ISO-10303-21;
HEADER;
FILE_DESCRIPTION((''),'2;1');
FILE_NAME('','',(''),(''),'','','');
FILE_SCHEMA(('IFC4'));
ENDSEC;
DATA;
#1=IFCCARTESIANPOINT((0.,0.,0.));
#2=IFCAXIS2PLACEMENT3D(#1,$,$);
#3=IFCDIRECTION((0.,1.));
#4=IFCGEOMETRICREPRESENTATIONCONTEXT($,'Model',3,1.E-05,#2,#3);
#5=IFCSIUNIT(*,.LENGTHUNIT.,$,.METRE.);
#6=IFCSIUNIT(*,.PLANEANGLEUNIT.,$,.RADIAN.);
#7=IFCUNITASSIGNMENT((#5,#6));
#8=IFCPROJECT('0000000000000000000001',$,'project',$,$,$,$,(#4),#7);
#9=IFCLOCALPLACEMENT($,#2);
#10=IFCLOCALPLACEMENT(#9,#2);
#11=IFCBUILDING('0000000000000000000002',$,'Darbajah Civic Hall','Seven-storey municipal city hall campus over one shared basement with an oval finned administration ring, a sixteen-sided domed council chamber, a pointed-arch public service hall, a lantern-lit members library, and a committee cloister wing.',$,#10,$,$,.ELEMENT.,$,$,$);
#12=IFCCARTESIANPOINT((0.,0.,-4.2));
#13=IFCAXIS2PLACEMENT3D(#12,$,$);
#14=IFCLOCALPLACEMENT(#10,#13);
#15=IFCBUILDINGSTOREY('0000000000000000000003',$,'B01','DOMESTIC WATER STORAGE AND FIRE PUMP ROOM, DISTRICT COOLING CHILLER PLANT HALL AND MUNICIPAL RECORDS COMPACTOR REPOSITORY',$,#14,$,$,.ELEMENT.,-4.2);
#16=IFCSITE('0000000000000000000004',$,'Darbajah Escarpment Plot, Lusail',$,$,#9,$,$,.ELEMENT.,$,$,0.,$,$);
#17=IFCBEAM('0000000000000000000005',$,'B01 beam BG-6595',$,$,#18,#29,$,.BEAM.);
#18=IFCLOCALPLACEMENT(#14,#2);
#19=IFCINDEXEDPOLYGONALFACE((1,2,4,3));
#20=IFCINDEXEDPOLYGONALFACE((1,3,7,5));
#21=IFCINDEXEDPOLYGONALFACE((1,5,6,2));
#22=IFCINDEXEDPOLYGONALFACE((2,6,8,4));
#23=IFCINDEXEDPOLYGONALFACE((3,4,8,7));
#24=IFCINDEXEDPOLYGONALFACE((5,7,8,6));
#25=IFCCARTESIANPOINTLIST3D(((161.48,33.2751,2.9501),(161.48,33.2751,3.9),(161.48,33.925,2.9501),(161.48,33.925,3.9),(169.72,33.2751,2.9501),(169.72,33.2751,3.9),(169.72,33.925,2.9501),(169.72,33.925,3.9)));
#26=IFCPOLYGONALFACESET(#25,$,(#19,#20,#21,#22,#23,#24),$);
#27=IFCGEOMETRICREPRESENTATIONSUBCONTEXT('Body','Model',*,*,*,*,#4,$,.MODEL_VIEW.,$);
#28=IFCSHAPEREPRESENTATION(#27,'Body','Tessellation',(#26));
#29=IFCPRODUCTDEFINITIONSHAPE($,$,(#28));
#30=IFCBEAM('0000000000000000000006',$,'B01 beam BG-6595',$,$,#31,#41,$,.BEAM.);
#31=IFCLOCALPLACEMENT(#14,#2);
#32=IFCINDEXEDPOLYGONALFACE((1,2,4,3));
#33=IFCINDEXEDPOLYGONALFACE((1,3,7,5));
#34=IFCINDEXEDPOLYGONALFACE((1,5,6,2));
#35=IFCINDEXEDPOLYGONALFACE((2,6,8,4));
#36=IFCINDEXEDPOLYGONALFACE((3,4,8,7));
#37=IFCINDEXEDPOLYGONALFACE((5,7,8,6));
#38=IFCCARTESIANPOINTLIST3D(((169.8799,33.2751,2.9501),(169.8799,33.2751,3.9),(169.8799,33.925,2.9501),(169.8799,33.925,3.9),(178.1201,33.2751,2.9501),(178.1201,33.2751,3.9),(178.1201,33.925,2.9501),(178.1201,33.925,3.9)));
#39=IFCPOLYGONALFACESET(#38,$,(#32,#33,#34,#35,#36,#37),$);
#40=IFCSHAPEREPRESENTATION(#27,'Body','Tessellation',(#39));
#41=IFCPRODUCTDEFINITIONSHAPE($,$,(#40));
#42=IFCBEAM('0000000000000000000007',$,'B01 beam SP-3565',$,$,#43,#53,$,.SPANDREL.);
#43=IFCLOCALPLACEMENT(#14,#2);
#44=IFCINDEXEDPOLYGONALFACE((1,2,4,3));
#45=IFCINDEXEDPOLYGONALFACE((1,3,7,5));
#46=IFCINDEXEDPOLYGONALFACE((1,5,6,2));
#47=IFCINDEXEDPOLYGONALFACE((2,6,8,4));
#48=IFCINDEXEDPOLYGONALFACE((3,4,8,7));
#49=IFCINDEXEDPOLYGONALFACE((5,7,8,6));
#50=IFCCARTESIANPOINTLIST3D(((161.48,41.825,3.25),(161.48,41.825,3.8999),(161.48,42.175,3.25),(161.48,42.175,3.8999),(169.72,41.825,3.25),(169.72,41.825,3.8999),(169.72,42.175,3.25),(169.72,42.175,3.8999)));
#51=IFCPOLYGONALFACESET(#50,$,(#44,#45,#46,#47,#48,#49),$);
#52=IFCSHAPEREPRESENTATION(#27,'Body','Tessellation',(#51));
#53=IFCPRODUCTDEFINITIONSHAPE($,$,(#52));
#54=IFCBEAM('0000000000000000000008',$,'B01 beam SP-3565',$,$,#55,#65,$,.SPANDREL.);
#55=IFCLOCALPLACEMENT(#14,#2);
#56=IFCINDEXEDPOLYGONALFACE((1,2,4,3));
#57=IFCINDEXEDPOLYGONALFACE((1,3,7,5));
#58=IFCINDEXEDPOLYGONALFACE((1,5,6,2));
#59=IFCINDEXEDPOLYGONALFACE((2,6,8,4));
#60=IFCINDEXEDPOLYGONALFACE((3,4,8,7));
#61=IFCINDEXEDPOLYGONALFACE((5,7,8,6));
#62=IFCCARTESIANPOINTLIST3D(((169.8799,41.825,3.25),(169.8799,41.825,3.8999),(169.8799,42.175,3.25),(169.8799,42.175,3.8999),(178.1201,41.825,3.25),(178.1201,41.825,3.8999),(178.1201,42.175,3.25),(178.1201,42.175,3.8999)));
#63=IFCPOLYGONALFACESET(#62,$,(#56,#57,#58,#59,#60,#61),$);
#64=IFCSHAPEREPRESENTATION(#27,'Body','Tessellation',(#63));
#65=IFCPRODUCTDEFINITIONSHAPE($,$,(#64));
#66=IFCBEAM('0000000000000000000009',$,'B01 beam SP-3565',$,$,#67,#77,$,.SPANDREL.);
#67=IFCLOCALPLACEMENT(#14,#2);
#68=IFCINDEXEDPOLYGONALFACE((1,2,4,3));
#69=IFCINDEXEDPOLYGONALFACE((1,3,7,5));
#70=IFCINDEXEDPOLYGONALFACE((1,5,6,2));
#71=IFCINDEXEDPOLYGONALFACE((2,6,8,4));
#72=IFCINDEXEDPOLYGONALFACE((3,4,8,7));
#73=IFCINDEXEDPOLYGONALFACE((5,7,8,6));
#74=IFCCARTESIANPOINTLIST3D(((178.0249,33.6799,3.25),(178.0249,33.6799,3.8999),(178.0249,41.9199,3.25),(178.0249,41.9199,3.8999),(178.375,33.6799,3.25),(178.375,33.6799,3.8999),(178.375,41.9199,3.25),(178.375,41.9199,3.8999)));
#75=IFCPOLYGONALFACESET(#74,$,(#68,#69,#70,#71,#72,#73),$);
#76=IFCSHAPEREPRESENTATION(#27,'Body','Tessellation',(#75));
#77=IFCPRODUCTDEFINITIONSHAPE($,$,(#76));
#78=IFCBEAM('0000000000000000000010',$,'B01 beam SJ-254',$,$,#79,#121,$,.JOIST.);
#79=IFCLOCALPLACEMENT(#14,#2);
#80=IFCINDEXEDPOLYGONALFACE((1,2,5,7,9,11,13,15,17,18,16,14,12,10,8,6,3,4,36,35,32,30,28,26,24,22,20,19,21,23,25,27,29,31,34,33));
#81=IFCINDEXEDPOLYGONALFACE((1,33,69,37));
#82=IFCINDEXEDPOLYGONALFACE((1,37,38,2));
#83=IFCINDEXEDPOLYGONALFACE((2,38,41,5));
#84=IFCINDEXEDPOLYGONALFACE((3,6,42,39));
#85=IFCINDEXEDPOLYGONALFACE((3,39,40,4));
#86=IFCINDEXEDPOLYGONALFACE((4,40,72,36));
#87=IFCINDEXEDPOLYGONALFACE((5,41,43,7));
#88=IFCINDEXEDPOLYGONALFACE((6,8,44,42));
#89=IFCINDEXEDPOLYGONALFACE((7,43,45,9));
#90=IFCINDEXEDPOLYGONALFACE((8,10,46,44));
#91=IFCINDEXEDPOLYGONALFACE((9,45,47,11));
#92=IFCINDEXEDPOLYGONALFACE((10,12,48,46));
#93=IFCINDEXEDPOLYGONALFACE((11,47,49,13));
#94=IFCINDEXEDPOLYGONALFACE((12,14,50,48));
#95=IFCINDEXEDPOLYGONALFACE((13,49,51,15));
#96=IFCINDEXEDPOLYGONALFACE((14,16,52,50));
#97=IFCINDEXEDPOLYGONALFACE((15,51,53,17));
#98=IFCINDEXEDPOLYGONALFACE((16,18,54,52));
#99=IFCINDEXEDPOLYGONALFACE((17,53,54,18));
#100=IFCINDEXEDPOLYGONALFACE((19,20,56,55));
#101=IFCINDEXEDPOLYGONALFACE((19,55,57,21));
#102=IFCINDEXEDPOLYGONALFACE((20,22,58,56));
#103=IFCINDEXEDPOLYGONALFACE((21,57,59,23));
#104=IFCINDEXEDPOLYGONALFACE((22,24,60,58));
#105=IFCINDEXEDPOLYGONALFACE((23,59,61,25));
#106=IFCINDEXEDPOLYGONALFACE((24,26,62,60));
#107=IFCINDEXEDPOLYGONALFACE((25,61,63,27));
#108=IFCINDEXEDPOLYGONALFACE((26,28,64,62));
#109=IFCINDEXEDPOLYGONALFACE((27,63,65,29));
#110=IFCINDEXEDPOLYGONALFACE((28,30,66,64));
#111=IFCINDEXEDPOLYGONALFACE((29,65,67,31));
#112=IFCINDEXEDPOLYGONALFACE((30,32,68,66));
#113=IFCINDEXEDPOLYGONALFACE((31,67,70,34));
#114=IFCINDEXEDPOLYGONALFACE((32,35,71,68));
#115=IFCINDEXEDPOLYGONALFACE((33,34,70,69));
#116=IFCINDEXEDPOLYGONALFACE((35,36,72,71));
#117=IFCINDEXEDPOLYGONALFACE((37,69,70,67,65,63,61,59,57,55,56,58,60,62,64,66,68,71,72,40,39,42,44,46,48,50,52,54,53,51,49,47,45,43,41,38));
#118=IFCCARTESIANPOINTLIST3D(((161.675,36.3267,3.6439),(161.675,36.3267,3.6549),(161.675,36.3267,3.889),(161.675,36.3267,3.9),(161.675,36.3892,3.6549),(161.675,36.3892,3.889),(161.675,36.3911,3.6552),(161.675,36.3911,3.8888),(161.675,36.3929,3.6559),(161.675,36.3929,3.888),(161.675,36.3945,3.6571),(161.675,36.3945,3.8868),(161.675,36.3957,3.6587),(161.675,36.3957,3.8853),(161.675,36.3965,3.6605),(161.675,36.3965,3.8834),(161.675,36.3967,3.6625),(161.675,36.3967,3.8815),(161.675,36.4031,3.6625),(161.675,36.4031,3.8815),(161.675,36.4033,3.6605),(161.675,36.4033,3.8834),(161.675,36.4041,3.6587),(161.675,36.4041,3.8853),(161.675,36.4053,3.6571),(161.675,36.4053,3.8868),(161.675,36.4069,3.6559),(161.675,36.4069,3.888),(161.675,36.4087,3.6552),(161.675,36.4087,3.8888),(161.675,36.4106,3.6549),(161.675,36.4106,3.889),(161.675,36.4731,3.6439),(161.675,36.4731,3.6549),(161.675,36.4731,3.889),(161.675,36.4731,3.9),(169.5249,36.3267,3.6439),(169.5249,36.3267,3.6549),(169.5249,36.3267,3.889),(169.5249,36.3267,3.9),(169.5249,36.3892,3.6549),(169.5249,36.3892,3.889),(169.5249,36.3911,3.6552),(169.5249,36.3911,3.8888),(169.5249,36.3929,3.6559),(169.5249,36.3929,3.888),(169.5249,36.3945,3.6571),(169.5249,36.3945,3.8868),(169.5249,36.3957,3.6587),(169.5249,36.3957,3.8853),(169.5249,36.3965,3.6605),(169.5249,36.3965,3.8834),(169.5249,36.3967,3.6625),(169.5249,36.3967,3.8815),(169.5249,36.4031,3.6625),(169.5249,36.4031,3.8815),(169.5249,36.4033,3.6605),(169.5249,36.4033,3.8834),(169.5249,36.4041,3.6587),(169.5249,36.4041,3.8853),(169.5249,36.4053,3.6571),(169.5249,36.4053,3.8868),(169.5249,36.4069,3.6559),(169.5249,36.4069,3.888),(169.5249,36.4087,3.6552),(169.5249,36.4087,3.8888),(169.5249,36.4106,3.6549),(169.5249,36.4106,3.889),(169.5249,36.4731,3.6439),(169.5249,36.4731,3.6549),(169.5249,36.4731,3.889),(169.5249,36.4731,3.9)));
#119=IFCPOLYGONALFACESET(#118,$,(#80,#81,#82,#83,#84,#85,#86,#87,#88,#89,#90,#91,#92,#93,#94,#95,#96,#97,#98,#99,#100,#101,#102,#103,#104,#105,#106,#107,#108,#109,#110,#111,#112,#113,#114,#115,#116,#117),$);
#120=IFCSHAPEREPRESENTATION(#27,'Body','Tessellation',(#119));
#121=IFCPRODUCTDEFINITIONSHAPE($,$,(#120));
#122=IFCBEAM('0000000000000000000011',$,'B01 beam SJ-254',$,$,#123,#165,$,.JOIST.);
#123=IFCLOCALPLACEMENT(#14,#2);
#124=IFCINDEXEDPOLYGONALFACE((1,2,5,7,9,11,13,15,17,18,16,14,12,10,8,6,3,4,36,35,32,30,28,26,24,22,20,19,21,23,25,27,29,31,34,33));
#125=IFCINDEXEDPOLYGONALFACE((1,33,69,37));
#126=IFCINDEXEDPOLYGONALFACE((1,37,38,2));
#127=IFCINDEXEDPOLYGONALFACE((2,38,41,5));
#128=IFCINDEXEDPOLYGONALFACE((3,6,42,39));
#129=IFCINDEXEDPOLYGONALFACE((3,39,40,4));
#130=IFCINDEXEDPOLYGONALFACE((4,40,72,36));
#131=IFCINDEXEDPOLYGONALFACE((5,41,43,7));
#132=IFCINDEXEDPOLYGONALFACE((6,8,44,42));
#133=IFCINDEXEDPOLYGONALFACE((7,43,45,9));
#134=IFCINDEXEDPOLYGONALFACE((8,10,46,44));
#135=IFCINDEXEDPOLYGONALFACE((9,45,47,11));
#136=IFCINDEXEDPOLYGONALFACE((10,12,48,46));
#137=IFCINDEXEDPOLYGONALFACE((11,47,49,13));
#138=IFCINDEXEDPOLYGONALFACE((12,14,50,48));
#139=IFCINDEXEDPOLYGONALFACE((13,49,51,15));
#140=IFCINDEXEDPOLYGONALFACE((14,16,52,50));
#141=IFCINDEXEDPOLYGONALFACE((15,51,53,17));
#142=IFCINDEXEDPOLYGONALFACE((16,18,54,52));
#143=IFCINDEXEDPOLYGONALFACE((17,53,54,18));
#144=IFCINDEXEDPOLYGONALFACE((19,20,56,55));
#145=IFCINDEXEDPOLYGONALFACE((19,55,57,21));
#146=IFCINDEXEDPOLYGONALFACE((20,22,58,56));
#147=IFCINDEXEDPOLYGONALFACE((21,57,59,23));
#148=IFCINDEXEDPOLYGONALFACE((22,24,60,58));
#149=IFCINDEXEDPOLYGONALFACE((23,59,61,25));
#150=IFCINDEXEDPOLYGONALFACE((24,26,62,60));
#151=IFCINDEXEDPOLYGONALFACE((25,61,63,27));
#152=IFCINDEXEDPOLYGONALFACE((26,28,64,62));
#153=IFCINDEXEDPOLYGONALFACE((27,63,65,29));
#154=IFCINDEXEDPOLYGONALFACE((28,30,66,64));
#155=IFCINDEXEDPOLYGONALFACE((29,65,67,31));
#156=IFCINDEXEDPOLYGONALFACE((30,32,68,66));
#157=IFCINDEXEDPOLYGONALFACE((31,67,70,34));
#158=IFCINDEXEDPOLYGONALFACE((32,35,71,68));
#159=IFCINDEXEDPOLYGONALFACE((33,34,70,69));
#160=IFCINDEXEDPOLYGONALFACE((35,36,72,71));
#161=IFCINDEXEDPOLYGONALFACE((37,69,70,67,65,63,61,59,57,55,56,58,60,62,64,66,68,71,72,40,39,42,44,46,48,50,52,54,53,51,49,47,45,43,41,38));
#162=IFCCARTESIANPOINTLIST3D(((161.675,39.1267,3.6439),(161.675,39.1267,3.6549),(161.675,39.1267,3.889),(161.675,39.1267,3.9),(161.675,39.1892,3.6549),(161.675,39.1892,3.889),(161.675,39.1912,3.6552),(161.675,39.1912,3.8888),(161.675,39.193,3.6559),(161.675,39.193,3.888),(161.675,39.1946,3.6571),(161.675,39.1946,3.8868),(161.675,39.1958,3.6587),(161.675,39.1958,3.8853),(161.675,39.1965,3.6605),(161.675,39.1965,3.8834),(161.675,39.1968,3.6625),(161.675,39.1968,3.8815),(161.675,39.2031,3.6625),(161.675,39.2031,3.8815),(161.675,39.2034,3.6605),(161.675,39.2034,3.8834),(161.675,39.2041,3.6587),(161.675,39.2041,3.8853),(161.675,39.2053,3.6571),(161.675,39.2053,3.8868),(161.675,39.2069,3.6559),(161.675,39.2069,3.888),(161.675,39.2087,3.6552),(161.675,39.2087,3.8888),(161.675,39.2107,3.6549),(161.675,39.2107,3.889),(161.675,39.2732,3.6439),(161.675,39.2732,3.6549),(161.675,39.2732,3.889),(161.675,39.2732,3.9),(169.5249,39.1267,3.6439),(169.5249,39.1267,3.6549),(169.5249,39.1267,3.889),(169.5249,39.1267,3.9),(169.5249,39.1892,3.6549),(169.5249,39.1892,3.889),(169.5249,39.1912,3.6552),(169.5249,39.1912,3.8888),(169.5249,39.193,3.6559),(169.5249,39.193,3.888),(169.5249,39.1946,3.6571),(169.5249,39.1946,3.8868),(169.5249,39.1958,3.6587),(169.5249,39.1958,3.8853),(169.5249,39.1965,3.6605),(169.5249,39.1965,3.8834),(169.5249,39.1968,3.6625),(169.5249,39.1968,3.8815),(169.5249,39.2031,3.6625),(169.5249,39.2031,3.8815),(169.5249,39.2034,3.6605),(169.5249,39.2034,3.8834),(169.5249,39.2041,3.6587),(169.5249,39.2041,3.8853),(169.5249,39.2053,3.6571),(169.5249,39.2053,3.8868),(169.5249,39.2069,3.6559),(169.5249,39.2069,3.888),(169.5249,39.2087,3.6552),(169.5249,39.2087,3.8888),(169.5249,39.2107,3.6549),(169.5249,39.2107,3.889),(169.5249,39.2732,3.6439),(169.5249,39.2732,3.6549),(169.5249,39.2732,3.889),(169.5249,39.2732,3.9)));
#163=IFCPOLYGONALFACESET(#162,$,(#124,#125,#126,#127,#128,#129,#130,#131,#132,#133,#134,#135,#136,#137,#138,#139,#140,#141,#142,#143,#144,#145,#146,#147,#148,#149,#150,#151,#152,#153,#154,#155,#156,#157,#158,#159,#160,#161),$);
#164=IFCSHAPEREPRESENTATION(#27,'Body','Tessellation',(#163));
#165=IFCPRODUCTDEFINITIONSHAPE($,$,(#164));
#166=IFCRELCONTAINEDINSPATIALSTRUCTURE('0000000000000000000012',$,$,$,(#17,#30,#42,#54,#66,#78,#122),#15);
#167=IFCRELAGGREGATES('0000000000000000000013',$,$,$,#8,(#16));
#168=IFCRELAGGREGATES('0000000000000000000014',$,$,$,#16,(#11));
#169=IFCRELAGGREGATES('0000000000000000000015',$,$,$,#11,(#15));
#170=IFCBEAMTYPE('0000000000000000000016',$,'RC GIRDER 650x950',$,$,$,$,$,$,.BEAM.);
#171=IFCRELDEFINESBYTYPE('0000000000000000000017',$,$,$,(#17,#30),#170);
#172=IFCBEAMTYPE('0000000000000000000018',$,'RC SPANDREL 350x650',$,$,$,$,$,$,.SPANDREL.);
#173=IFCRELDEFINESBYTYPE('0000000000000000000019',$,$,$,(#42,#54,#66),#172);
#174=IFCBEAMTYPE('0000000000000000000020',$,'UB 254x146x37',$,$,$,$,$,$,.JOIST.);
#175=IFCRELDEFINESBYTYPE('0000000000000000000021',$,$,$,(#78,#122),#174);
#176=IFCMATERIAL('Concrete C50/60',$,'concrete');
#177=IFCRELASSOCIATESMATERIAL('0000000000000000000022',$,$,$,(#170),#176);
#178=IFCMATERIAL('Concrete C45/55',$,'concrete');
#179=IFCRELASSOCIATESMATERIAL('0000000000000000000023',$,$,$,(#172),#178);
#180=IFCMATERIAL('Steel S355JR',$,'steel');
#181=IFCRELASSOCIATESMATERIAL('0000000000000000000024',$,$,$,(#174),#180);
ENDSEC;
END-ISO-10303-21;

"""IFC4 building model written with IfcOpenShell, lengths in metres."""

from ifc_helpers import new_model, si_unit, direction, frame, origin, origin_2d, place, context, subcontext, project, spatial, rectangle, i_section, extrude, material, material_profile, profile_set, type_object, element, save


model = new_model("IFC4")

# Units and contexts
model_context = context("Model", 3, precision=1e-05, world=origin(), true_north=direction((0.0, 1.0)))
body_context = subcontext(model_context, "Body", "Model", "MODEL_VIEW")
ifc_project = project(units=[si_unit("LENGTHUNIT", "METRE"), si_unit("PLANEANGLEUNIT", "RADIAN")], contexts=[model_context])

# Site, building, storey
site_placement = place(None, origin())
site = spatial("IfcSite", under=ifc_project, at=site_placement, Name="Darbajah Escarpment Plot, Lusail", CompositionType="ELEMENT", RefElevation=0.0)
building_placement = place(site_placement, origin())
building = spatial("IfcBuilding", under=site, at=building_placement, Name="Darbajah Civic Hall", Description="Seven-storey municipal city hall campus over one shared basement with an oval finned administration ring, a sixteen-sided domed council chamber, a pointed-arch public service hall, a lantern-lit members library, and a committee cloister wing.", CompositionType="ELEMENT")
storey_placement = place(building_placement, frame((0.0, 0.0, -4.2)))
storey = spatial("IfcBuildingStorey", under=building, at=storey_placement, Name="B01", Description="DOMESTIC WATER STORAGE AND FIRE PUMP ROOM, DISTRICT COOLING CHILLER PLANT HALL AND MUNICIPAL RECORDS COMPACTOR REPOSITORY", CompositionType="ELEMENT", Elevation=-4.2)

# Shared definitions
ifc_material_1 = material(Name="Concrete C45/55", Category="concrete")

# Shared definitions
ifc_material_2 = material(Name="Concrete C50/60", Category="concrete")

# Beams
ifc_material_profile_1 = material_profile(ifc_material_2, rectangle(XDim=0.6499, YDim=0.95, at=origin_2d()), Name="RC GIRDER 650x950")
ifc_profile_set_1 = profile_set([ifc_material_profile_1], Name="Concrete C50/60")
beam_type_1 = type_object("IfcBeamType", Name="RC GIRDER 650x950", PredefinedType="BEAM", material=ifc_profile_set_1)
beam_1_placement = place(storey_placement, frame((161.48, 33.6001, 3.425), z_axis=(1.0, 0.0, 0.0), x_axis=(0.0, 1.0, 0.0)))
element("IfcBeam", 1, at=beam_1_placement, inside=storey, type_object=beam_type_1, Name="B01 beam BG-6595", PredefinedType="BEAM", context=body_context, shape_type="SweptSolid", body=[
    extrude(rectangle(XDim=0.6499, YDim=0.95, at=origin_2d()), origin(), (0.0, 0.0, 1.0), 8.24),
])
beam_2_placement = place(storey_placement, frame((169.8799, 33.6001, 3.425), z_axis=(1.0, 0.0, 0.0), x_axis=(0.0, 1.0, 0.0)))
element("IfcBeam", 2, at=beam_2_placement, inside=storey, type_object=beam_type_1, Name="B01 beam BG-6595", PredefinedType="BEAM", context=body_context, shape_type="SweptSolid", body=[
    extrude(rectangle(XDim=0.6499, YDim=0.95, at=origin_2d()), origin(), (0.0, 0.0, 1.0), 8.2402),
])
ifc_material_profile_2 = material_profile(ifc_material_1, rectangle(XDim=0.3501, YDim=0.6499, at=origin_2d()), Name="RC SPANDREL 350x650")
ifc_profile_set_2 = profile_set([ifc_material_profile_2], Name="Concrete C45/55")
beam_type_2 = type_object("IfcBeamType", Name="RC SPANDREL 350x650", PredefinedType="SPANDREL", material=ifc_profile_set_2)
beam_3_placement = place(storey_placement, frame((161.48, 42.0, 3.575), z_axis=(1.0, 0.0, 0.0), x_axis=(0.0, 1.0, 0.0)))
element("IfcBeam", 3, at=beam_3_placement, inside=storey, type_object=beam_type_2, Name="B01 beam SP-3565", PredefinedType="SPANDREL", context=body_context, shape_type="SweptSolid", body=[
    extrude(rectangle(XDim=0.3501, YDim=0.6499, at=origin_2d()), origin(), (0.0, 0.0, 1.0), 8.24),
])
beam_4_placement = place(storey_placement, frame((169.8799, 42.0, 3.575), z_axis=(1.0, 0.0, 0.0), x_axis=(0.0, 1.0, 0.0)))
element("IfcBeam", 4, at=beam_4_placement, inside=storey, type_object=beam_type_2, Name="B01 beam SP-3565", PredefinedType="SPANDREL", context=body_context, shape_type="SweptSolid", body=[
    extrude(rectangle(XDim=0.3501, YDim=0.6499, at=origin_2d()), origin(), (0.0, 0.0, 1.0), 8.2402),
])
beam_5_placement = place(storey_placement, frame((178.2, 33.6799, 3.575), z_axis=(0.0, 1.0, 0.0), x_axis=(-1.0, 0.0, 0.0)))
element("IfcBeam", 5, at=beam_5_placement, inside=storey, type_object=beam_type_2, Name="B01 beam SP-3565", PredefinedType="SPANDREL", context=body_context, shape_type="SweptSolid", body=[
    extrude(rectangle(XDim=0.3501, YDim=0.6499, at=origin_2d()), origin(), (0.0, 0.0, 1.0), 8.24),
])
ifc_material_3 = material(Name="Steel S355JR", Category="steel")
ifc_material_profile_3 = material_profile(ifc_material_3, i_section(OverallWidth=0.1465, OverallDepth=0.2561, WebThickness=0.0063, FlangeThickness=0.011, FilletRadius=0.0076, at=origin_2d()), Name="UB 254x146x37")
ifc_profile_set_3 = profile_set([ifc_material_profile_3], Name="Steel S355JR")
beam_type_3 = type_object("IfcBeamType", Name="UB 254x146x37", PredefinedType="JOIST", material=ifc_profile_set_3)
for number, where, z_axis, x_axis, name in (
    (6, (161.675, 36.3999, 3.772), (1.0, 0.0, 0.0), (0.0, 1.0, 0.0), "B01 beam SJ-254"),
    (7, (161.675, 39.2, 3.772), (1.0, 0.0, 0.0), (0.0, 1.0, 0.0), "B01 beam SJ-254"),
):
    element("IfcBeam", number, at=place(storey_placement, frame(where, z_axis=z_axis, x_axis=x_axis)), inside=storey, type_object=beam_type_3, Name=name, PredefinedType="JOIST", context=body_context, shape_type="SweptSolid", body=[
        extrude(i_section(OverallWidth=0.1465, OverallDepth=0.2561, WebThickness=0.0063, FlangeThickness=0.011, FilletRadius=0.0076, at=origin_2d()), origin(), (0.0, 0.0, 1.0), 7.8499),
    ])

save(model, "model.ifc")
